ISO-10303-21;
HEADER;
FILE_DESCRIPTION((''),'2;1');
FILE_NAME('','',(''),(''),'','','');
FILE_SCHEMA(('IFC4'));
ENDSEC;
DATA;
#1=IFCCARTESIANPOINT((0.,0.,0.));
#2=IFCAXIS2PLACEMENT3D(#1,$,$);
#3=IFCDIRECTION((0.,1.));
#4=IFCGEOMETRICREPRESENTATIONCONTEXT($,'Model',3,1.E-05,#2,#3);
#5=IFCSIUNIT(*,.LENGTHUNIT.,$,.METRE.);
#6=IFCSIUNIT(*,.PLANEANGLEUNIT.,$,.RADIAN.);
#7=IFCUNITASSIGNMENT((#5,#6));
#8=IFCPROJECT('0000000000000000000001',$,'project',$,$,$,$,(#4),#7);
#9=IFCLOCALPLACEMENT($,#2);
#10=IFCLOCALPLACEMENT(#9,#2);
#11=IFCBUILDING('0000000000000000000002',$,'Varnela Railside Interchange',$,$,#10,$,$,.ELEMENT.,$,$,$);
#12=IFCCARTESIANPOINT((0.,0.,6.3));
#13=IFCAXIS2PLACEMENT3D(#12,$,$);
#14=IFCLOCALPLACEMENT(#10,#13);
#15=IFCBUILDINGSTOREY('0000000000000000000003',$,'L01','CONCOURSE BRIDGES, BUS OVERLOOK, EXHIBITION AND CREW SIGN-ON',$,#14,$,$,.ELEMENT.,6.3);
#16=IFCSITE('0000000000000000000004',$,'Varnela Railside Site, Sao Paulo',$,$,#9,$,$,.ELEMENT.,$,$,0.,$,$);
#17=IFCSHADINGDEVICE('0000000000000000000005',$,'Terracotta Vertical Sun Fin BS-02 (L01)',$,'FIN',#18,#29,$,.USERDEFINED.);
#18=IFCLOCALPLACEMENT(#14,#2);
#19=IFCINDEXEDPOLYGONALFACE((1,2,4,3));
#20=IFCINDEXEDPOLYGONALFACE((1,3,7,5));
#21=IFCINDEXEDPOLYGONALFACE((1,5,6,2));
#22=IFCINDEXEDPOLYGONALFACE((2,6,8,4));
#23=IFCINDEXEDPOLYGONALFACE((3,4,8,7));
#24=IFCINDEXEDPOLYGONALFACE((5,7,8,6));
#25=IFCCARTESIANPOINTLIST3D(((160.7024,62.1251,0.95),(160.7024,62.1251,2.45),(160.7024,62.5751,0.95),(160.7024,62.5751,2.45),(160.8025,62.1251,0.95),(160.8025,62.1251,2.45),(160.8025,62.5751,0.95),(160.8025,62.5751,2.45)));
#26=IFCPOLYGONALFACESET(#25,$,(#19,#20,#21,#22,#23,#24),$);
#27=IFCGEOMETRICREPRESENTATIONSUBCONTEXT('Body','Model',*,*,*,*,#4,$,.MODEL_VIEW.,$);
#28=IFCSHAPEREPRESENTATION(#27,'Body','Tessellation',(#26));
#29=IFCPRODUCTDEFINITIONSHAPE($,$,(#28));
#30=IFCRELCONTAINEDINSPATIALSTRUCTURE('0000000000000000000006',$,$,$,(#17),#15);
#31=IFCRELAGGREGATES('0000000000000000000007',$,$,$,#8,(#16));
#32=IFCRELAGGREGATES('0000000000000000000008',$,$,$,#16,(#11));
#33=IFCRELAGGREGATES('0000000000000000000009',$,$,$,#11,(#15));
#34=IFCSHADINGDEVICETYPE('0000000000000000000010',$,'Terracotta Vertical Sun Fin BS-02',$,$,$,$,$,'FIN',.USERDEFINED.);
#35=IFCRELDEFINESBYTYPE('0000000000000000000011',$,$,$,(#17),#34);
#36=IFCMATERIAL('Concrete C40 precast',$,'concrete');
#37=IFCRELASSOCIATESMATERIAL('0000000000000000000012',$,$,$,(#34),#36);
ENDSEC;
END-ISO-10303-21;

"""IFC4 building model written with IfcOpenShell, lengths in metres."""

from ifc_helpers import new_model, si_unit, direction, frame, origin, origin_2d, place, context, subcontext, project, spatial, rectangle, extrude, material, type_object, element, save


model = new_model("IFC4")

# Units and contexts
model_context = context("Model", 3, precision=1e-05, world=origin(), true_north=direction((0.0, 1.0)))
body_context = subcontext(model_context, "Body", "Model", "MODEL_VIEW")
ifc_project = project(units=[si_unit("LENGTHUNIT", "METRE"), si_unit("PLANEANGLEUNIT", "RADIAN")], contexts=[model_context])

# Site, building, storey
site_placement = place(None, origin())
site = spatial("IfcSite", under=ifc_project, at=site_placement, Name="Varnela Railside Site, Sao Paulo", CompositionType="ELEMENT", RefElevation=0.0)
building_placement = place(site_placement, origin())
building = spatial("IfcBuilding", under=site, at=building_placement, Name="Varnela Railside Interchange", CompositionType="ELEMENT")
storey_placement = place(building_placement, frame((0.0, 0.0, 6.3)))
storey = spatial("IfcBuildingStorey", under=building, at=storey_placement, Name="L01", Description="CONCOURSE BRIDGES, BUS OVERLOOK, EXHIBITION AND CREW SIGN-ON", CompositionType="ELEMENT", Elevation=6.3)

# Shared definitions
ifc_material_1 = material(Name="Concrete C40 precast", Category="concrete")

# Shading device
shading_device_type = type_object("IfcShadingDeviceType", Name="Terracotta Vertical Sun Fin BS-02", ElementType="FIN", PredefinedType="USERDEFINED", material=ifc_material_1)
for number, where, z_axis, x_axis, name in (
    (1, (160.7524, 62.3501, 0.95), (0.0, 0.0, 1.0), (0.0, 1.0, 0.0), "Terracotta Vertical Sun Fin BS-02 (L01)"),
):
    element("IfcShadingDevice", number, at=place(storey_placement, frame(where, z_axis=z_axis, x_axis=x_axis)), inside=storey, type_object=shading_device_type, Name=name, ObjectType="FIN", PredefinedType="USERDEFINED", context=body_context, shape_type="SweptSolid", body=[
        extrude(rectangle(XDim=0.45, YDim=0.1001, at=origin_2d()), origin(), (0.0, 0.0, 1.0), 1.5),
    ])

save(model, "model.ifc")
